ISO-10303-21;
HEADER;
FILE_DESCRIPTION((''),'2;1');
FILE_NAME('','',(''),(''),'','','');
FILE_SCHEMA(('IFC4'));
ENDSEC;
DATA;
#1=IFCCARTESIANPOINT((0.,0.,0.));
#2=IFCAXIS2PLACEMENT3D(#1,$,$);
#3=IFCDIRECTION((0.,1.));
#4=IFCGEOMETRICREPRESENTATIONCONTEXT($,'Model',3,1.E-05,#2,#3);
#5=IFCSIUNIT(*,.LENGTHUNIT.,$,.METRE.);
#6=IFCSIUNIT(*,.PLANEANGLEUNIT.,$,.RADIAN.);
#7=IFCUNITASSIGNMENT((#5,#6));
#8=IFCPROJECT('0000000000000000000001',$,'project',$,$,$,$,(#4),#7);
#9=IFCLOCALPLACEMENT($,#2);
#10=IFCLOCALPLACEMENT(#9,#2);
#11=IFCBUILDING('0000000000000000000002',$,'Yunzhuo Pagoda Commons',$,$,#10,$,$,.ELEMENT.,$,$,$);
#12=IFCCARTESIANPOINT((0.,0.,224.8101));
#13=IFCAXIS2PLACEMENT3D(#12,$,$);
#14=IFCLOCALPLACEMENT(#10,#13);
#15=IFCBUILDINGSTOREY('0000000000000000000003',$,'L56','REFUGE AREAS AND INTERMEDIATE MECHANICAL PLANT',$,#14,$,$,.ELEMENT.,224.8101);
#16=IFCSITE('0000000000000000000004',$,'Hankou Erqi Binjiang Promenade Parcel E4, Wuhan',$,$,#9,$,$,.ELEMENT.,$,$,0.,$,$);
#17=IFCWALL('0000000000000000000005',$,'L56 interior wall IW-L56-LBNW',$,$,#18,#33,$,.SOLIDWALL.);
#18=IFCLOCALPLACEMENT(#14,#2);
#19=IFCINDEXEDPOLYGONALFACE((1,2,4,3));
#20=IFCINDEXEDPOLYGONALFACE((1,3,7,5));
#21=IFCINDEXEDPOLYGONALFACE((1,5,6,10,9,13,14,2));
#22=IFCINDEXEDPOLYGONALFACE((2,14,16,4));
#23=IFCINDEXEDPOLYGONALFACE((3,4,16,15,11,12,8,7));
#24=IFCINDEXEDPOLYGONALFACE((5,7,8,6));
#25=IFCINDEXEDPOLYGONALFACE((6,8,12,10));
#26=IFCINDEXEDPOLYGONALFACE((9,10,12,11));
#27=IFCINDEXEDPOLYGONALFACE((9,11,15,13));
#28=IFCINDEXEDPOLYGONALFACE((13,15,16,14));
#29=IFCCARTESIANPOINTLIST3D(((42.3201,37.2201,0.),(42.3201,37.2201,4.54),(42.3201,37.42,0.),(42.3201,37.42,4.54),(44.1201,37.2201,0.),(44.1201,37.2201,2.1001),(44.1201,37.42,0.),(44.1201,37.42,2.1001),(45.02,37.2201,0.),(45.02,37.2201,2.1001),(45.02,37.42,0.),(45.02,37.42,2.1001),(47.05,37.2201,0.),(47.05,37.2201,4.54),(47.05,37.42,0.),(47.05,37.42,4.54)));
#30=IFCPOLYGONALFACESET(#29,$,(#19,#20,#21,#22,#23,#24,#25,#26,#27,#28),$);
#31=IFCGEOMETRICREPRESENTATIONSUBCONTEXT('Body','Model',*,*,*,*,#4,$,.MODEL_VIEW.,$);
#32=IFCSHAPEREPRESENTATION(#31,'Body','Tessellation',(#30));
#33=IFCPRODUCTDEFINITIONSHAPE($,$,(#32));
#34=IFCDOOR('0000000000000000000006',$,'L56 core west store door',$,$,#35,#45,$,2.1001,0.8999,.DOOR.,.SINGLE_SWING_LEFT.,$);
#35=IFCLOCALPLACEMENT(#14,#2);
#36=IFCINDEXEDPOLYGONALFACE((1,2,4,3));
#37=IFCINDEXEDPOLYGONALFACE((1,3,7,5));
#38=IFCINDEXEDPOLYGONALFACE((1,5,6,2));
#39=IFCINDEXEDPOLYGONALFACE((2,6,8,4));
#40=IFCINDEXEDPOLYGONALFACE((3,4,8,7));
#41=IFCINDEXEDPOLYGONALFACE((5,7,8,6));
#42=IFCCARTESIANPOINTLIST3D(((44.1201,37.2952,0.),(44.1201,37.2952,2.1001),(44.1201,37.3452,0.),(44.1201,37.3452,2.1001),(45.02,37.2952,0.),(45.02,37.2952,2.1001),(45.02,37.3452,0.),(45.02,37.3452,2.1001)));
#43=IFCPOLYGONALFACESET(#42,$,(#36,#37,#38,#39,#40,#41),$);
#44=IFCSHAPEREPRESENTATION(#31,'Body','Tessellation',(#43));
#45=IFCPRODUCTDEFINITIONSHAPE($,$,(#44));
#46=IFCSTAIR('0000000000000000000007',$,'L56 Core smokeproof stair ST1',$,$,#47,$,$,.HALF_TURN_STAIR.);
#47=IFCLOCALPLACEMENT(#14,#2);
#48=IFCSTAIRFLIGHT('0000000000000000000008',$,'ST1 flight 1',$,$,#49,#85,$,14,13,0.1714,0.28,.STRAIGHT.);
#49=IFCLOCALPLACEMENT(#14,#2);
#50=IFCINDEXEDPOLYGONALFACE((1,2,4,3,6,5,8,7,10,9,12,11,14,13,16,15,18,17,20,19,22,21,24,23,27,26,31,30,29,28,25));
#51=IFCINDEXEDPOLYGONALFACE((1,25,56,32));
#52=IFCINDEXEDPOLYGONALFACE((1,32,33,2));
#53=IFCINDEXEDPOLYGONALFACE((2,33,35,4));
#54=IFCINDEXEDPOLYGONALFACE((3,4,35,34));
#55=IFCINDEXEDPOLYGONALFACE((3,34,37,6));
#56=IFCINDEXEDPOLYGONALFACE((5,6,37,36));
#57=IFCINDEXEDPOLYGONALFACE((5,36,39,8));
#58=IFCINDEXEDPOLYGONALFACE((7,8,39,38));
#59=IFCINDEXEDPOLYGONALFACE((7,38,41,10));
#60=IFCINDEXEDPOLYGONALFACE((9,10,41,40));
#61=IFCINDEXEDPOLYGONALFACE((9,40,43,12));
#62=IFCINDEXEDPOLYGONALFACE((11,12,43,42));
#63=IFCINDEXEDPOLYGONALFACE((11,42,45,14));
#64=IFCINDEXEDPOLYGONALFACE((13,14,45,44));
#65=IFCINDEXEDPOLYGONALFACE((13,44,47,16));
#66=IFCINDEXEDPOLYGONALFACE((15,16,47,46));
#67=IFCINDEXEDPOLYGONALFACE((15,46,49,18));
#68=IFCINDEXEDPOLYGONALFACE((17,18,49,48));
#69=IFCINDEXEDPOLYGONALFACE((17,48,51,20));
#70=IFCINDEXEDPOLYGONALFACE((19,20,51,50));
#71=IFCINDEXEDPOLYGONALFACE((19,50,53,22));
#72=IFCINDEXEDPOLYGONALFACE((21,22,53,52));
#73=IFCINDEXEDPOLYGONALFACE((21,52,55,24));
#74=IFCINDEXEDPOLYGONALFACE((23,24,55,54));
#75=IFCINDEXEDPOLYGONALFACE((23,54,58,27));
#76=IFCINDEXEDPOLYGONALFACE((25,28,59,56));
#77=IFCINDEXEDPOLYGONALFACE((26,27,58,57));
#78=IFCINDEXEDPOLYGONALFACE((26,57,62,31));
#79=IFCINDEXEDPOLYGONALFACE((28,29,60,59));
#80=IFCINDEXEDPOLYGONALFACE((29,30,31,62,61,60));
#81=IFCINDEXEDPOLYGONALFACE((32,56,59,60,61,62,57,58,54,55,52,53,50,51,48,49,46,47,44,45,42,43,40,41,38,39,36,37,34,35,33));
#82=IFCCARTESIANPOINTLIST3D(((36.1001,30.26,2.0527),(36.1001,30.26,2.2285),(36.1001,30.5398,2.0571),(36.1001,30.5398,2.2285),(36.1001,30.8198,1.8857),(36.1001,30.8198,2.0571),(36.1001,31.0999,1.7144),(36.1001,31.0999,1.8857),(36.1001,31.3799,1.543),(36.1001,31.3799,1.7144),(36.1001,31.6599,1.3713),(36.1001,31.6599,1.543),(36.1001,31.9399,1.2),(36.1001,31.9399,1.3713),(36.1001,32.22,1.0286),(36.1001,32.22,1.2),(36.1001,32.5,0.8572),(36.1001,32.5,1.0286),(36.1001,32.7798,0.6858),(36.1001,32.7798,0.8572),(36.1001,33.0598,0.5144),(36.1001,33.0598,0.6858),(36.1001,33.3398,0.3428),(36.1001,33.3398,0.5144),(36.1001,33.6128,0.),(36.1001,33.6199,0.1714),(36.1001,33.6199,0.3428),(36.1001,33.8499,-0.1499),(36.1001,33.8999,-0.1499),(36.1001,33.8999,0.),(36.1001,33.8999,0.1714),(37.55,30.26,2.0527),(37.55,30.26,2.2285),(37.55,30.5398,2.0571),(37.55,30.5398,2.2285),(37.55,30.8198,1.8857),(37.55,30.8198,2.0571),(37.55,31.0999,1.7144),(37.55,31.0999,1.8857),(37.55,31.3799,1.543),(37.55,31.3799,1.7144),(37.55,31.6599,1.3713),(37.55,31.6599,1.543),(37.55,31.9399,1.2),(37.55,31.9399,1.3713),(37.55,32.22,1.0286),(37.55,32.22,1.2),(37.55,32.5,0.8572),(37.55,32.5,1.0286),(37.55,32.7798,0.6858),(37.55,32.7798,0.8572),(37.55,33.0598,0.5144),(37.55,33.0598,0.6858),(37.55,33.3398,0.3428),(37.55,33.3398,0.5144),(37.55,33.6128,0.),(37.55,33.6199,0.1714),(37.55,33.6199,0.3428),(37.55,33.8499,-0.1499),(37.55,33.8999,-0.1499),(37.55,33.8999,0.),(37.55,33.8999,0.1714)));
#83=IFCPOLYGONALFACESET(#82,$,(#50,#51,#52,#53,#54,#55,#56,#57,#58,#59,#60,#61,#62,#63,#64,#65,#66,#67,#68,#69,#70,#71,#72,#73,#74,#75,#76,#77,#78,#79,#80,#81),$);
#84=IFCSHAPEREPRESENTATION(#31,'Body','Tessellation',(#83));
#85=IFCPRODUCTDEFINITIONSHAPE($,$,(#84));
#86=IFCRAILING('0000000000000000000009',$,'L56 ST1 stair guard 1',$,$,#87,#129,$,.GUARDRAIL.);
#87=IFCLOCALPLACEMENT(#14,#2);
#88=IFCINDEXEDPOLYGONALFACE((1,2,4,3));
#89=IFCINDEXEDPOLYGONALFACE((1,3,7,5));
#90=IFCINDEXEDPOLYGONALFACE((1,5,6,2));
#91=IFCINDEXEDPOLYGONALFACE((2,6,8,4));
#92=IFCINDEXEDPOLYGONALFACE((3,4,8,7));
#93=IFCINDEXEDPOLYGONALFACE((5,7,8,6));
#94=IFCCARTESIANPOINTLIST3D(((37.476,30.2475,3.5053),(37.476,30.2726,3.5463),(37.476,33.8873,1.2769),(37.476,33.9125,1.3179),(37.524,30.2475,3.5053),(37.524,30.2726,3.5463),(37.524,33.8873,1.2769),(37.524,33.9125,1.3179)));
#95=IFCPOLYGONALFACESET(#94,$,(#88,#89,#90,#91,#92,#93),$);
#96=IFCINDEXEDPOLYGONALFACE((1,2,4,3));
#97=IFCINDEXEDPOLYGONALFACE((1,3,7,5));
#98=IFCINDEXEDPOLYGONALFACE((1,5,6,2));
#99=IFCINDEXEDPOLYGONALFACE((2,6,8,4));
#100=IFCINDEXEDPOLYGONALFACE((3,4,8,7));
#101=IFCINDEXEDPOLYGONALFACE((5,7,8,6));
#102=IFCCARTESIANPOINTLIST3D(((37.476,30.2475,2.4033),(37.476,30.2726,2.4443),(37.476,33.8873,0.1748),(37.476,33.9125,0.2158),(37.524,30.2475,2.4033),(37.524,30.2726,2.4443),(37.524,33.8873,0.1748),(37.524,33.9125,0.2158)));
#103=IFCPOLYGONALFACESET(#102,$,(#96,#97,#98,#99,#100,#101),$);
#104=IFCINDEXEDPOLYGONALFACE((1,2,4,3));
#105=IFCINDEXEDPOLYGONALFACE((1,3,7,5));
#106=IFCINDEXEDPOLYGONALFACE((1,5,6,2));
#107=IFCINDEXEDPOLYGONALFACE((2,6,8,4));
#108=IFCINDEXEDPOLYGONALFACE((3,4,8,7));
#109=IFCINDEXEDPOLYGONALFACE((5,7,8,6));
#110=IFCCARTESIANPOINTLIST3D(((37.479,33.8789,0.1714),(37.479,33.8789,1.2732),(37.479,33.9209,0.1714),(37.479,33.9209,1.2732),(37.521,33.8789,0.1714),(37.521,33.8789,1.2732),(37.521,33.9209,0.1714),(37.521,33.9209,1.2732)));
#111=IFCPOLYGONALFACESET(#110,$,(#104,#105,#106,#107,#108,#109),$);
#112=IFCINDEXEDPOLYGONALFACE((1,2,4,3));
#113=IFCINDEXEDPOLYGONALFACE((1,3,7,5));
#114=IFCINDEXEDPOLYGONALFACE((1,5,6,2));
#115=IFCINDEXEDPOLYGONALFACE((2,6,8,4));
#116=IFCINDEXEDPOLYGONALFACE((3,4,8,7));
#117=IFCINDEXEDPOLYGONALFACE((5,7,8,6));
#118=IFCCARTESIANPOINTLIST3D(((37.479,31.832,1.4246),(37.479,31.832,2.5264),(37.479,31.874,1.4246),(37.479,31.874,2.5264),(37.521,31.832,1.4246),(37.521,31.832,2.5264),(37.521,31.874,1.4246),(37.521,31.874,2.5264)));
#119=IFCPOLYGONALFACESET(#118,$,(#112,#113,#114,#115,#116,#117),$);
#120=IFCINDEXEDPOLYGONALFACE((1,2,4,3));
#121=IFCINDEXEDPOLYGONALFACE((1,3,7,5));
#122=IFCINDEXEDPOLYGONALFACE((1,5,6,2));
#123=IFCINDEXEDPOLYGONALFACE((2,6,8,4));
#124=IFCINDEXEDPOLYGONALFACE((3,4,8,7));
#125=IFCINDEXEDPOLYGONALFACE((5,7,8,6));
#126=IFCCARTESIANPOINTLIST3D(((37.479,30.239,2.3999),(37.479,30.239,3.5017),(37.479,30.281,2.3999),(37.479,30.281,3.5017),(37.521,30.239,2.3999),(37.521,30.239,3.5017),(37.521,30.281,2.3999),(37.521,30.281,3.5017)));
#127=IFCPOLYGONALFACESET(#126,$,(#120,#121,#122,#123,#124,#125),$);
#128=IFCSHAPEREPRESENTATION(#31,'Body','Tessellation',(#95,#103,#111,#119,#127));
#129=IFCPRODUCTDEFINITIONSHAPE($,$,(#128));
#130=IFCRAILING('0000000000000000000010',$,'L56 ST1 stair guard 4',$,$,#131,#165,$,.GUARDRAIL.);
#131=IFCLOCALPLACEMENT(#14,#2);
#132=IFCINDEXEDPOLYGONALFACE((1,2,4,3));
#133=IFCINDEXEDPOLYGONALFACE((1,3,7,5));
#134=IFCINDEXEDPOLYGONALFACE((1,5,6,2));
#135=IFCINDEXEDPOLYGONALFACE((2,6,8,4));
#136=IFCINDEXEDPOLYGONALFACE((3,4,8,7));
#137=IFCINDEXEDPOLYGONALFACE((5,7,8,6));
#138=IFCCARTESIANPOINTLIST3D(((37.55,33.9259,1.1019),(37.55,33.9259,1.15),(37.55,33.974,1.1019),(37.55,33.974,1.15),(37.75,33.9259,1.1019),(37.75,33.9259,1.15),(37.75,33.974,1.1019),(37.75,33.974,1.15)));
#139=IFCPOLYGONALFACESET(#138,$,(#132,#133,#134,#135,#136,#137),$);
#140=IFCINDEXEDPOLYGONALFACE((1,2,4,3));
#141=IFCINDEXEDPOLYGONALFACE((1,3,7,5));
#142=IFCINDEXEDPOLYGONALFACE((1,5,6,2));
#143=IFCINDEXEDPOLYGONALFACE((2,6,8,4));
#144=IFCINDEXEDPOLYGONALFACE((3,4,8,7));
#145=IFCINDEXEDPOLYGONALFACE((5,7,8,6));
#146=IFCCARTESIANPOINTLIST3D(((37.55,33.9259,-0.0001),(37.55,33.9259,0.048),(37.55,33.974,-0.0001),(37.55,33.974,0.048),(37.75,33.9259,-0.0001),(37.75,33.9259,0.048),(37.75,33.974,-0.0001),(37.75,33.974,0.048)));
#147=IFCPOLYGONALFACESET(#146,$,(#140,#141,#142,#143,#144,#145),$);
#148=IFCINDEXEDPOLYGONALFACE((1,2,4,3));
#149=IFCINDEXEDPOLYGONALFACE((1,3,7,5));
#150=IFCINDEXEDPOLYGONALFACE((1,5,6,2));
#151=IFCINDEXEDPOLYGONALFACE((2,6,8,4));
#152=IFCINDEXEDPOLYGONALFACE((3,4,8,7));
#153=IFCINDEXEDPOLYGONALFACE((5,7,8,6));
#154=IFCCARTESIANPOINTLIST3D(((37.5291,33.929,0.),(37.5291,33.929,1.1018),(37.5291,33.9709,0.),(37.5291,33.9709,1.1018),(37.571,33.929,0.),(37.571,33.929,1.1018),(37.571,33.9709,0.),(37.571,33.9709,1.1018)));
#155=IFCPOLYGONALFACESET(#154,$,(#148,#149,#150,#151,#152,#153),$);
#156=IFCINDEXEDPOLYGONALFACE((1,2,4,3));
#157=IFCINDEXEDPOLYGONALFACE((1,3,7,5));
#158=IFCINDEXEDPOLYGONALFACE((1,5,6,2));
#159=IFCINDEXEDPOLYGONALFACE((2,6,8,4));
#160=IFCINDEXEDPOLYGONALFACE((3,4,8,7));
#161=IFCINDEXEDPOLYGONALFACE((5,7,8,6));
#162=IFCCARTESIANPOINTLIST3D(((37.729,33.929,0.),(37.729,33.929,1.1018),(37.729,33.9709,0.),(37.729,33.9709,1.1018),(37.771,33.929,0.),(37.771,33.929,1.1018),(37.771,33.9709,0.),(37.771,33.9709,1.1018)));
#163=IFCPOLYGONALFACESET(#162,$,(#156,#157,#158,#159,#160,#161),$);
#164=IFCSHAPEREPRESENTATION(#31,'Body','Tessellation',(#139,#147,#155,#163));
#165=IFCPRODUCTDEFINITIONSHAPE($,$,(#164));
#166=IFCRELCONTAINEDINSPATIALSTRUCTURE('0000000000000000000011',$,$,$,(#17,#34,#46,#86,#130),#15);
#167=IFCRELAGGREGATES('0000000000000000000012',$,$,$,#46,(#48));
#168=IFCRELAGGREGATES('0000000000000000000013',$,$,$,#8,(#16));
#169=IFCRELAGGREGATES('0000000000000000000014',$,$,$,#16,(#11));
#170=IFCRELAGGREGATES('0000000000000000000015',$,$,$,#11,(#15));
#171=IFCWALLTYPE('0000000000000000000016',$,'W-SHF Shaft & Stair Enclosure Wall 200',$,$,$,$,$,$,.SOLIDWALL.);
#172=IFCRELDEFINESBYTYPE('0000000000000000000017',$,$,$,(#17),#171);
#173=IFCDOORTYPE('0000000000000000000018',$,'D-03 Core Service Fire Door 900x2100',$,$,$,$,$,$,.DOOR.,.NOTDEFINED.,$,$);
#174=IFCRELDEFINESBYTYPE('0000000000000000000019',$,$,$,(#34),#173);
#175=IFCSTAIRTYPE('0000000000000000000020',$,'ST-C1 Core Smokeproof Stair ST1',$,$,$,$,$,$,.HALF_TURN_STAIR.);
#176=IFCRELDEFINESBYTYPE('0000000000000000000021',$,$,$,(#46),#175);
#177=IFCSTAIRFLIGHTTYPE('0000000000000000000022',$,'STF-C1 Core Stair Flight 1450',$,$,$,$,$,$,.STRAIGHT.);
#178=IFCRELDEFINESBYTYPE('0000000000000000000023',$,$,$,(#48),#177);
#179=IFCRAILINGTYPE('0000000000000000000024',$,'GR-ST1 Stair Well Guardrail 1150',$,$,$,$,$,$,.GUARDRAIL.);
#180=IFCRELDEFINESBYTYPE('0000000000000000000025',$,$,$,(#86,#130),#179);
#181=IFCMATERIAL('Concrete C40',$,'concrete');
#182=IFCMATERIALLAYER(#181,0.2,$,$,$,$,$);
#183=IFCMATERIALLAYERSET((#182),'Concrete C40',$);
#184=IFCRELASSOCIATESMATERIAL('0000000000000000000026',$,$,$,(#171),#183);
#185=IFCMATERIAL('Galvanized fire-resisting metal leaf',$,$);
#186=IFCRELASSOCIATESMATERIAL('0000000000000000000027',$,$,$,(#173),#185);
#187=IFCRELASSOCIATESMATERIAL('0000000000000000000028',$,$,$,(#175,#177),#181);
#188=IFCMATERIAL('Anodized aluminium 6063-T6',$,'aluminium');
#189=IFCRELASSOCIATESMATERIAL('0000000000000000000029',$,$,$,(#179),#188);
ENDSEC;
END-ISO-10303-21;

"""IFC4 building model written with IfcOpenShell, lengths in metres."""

from ifc_helpers import new_model, si_unit, direction, frame, frame_2d, origin, origin_2d, place, context, subcontext, project, spatial, polyline, rectangle, outline, extrude, source, transform, mapped, material, layer, layer_set, type_object, element, fill, aggregate, save


model = new_model("IFC4")

# Units and contexts
model_context = context("Model", 3, precision=1e-05, world=origin(), true_north=direction((0.0, 1.0)))
body_context = subcontext(model_context, "Body", "Model", "MODEL_VIEW")
ifc_project = project(units=[si_unit("LENGTHUNIT", "METRE"), si_unit("PLANEANGLEUNIT", "RADIAN")], contexts=[model_context])

# Site, building, storey
site_placement = place(None, origin())
site = spatial("IfcSite", under=ifc_project, at=site_placement, Name="Hankou Erqi Binjiang Promenade Parcel E4, Wuhan", CompositionType="ELEMENT", RefElevation=0.0)
building_placement = place(site_placement, origin())
building = spatial("IfcBuilding", under=site, at=building_placement, Name="Yunzhuo Pagoda Commons", CompositionType="ELEMENT")
storey_placement = place(building_placement, frame((0.0, 0.0, 224.8101)))
storey = spatial("IfcBuildingStorey", under=building, at=storey_placement, Name="L56", Description="REFUGE AREAS AND INTERMEDIATE MECHANICAL PLANT", CompositionType="ELEMENT", Elevation=224.8101)

# Shared definitions
ifc_material_1 = material(Name="Galvanized fire-resisting metal leaf")

# Shared definitions
ifc_material_2 = material(Name="Concrete C40", Category="concrete")
ifc_layer_1 = layer(ifc_material_2, 0.2)
ifc_layer_set_1 = layer_set([ifc_layer_1], Name="Concrete C40")
wall_type_1 = type_object("IfcWallType", Name="W-SHF Shaft & Stair Enclosure Wall 200", PredefinedType="SOLIDWALL", material=ifc_layer_set_1)

# Wall, opening, door
wall_1_placement = place(storey_placement, frame((42.3201, 37.3201, 0.0), z_axis=(0.0, 0.0, 1.0), x_axis=(1.0, 0.0, 0.0)))
wall_1 = element("IfcWall", 1, at=wall_1_placement, inside=storey, type_object=wall_type_1, Name="L56 interior wall IW-L56-LBNW", PredefinedType="SOLIDWALL", context=body_context, shape_type="SweptSolid", body=[
    extrude(rectangle(XDim=4.73, YDim=0.2, at=frame_2d((2.365, 0.0))), origin(), (0.0, 0.0, 1.0), 4.54),
])
opening_1_placement = place(wall_1_placement, frame((1.8, 0.0, 0.0)))
opening_1 = element("IfcOpeningElement", 2, at=opening_1_placement, cuts=wall_1, PredefinedType="OPENING", context=body_context, shape_type="SweptSolid", body=[
    extrude(rectangle(XDim=0.8999, YDim=2.1001, at=frame_2d((0.45, 1.05))), frame((0.0, 0.1099, 0.0), z_axis=(0.0, -1.0, 0.0), x_axis=(1.0, 0.0, 0.0)), (0.0, 0.0, 1.0), 0.22),
])
door_type_1 = type_object("IfcDoorType", Name="D-03 Core Service Fire Door 900x2100", OperationType="NOTDEFINED", PredefinedType="DOOR", material=ifc_material_1)
shared_shape_1 = source(origin(), body_context, "Body", "SweptSolid", [
    extrude(rectangle(XDim=0.8999, YDim=2.1001, at=frame_2d((0.45, 1.05))), frame((0.0, 0.0249, 0.0), z_axis=(0.0, -1.0, 0.0), x_axis=(1.0, 0.0, 0.0)), (0.0, 0.0, 1.0), 0.05),
])
door_1_placement = place(opening_1_placement, frame((0.8999, 0.0, 0.0), z_axis=(0.0, 0.0, 1.0), x_axis=(-1.0, 0.0, 0.0)))
door_1 = element("IfcDoor", 3, at=door_1_placement, inside=storey, type_object=door_type_1, Name="L56 core west store door", OperationType="SINGLE_SWING_LEFT", OverallHeight=2.1001, OverallWidth=0.8999, PredefinedType="DOOR", context=body_context, shape_type="MappedRepresentation", body=[
    mapped(shared_shape_1, transform((0.0, 0.0, 0.0), scale=1.0)),
])
fill(opening_1, door_1)

# Stair, stair flight
stair_type = type_object("IfcStairType", Name="ST-C1 Core Smokeproof Stair ST1", PredefinedType="HALF_TURN_STAIR", material=ifc_material_2)
stair_placement = place(storey_placement, origin())
stair = element("IfcStair", 4, at=stair_placement, inside=storey, type_object=stair_type, Name="L56 Core smokeproof stair ST1", PredefinedType="HALF_TURN_STAIR")
stair_flight_type = type_object("IfcStairFlightType", Name="STF-C1 Core Stair Flight 1450", PredefinedType="STRAIGHT", material=ifc_material_2)
shared_shape_2 = source(origin(), body_context, "Body", "SweptSolid", [
    extrude(outline(polyline([(0.0, -0.1499), (0.0, 0.0), (0.0, 0.1714), (0.28, 0.1714), (0.28, 0.3428), (0.5601, 0.3428), (0.5601, 0.5144), (0.8401, 0.5144), (0.8401, 0.6858), (1.1201, 0.6858), (1.1201, 0.8572), (1.3999, 0.8572), (1.3999, 1.0286), (1.6799, 1.0286), (1.6799, 1.2), (1.96, 1.2), (1.96, 1.3713), (2.24, 1.3713), (2.24, 1.543), (2.52, 1.543), (2.52, 1.7144), (2.8, 1.7144), (2.8, 1.8857), (3.0801, 1.8857), (3.0801, 2.0571), (3.3601, 2.0571), (3.3601, 2.2285), (3.6399, 2.2285), (3.6399, 2.3999), (3.6399, 2.0527), (0.2871, 0.0), (0.05, -0.1499), (0.0, -0.1499)])), frame((0.0, 0.7251, 0.0), z_axis=(0.0, -1.0, 0.0), x_axis=(1.0, 0.0, 0.0)), (0.0, 0.0, 1.0), 1.45),
])
stair_flight_placement = place(storey_placement, frame((36.825, 33.8999, 0.0), z_axis=(0.0, 0.0, 1.0), x_axis=(0.0, -1.0, 0.0)))
stair_flight = element("IfcStairFlight", 5, at=stair_flight_placement, type_object=stair_flight_type, Name="ST1 flight 1", NumberOfRisers=14, NumberOfTreads=13, PredefinedType="STRAIGHT", RiserHeight=0.1714, TreadLength=0.28, context=body_context, shape_type="MappedRepresentation", body=[
    mapped(shared_shape_2, transform((0.0, 0.0, 0.0), scale=1.0)),
])
aggregate(stair, [stair_flight])

# Railings
ifc_material_3 = material(Name="Anodized aluminium 6063-T6", Category="aluminium")
railing_type_1 = type_object("IfcRailingType", Name="GR-ST1 Stair Well Guardrail 1150", PredefinedType="GUARDRAIL", material=ifc_material_3)
railing_1_placement = place(storey_placement, frame((37.5, 33.8999, 0.1714)))
element("IfcRailing", 6, at=railing_1_placement, inside=storey, type_object=railing_type_1, Name="L56 ST1 stair guard 1", PredefinedType="GUARDRAIL", context=body_context, shape_type="SweptSolid", body=[
    extrude(rectangle(XDim=0.0481, YDim=0.0481, at=origin_2d()), frame((0.0, 0.0, 1.126), z_axis=(0.0, -0.85285, 0.522156), x_axis=(1.0, 0.0, 0.0)), (0.0, 0.0, 1.0), 4.2678),
    extrude(rectangle(XDim=0.0481, YDim=0.0481, at=origin_2d()), frame((0.0, 0.0, 0.0239), z_axis=(0.0, -0.85285, 0.522156), x_axis=(1.0, 0.0, 0.0)), (0.0, 0.0, 1.0), 4.2678),
    extrude(rectangle(XDim=0.042, YDim=0.042, at=origin_2d()), origin(), (0.0, 0.0, 1.0), 1.1018),
    extrude(rectangle(XDim=0.042, YDim=0.042, at=origin_2d()), frame((0.0, -2.0469, 1.2532)), (0.0, 0.0, 1.0), 1.1018),
    extrude(rectangle(XDim=0.042, YDim=0.042, at=origin_2d()), frame((0.0, -3.6399, 2.2285)), (0.0, 0.0, 1.0), 1.1018),
])
railing_2_placement = place(storey_placement, frame((37.55, 33.95, 0.0)))
element("IfcRailing", 7, at=railing_2_placement, inside=storey, type_object=railing_type_1, Name="L56 ST1 stair guard 4", PredefinedType="GUARDRAIL", context=body_context, shape_type="SweptSolid", body=[
    extrude(rectangle(XDim=0.0481, YDim=0.0481, at=origin_2d()), frame((0.0, 0.0, 1.126), z_axis=(1.0, 0.0, 0.0), x_axis=(0.0, 1.0, 0.0)), (0.0, 0.0, 1.0), 0.2),
    extrude(rectangle(XDim=0.0481, YDim=0.0481, at=origin_2d()), frame((0.0, 0.0, 0.0239), z_axis=(1.0, 0.0, 0.0), x_axis=(0.0, 1.0, 0.0)), (0.0, 0.0, 1.0), 0.2),
    extrude(rectangle(XDim=0.042, YDim=0.042, at=origin_2d()), origin(), (0.0, 0.0, 1.0), 1.1018),
    extrude(rectangle(XDim=0.042, YDim=0.042, at=origin_2d()), frame((0.2, 0.0, 0.0)), (0.0, 0.0, 1.0), 1.1018),
])

save(model, "model.ifc")
